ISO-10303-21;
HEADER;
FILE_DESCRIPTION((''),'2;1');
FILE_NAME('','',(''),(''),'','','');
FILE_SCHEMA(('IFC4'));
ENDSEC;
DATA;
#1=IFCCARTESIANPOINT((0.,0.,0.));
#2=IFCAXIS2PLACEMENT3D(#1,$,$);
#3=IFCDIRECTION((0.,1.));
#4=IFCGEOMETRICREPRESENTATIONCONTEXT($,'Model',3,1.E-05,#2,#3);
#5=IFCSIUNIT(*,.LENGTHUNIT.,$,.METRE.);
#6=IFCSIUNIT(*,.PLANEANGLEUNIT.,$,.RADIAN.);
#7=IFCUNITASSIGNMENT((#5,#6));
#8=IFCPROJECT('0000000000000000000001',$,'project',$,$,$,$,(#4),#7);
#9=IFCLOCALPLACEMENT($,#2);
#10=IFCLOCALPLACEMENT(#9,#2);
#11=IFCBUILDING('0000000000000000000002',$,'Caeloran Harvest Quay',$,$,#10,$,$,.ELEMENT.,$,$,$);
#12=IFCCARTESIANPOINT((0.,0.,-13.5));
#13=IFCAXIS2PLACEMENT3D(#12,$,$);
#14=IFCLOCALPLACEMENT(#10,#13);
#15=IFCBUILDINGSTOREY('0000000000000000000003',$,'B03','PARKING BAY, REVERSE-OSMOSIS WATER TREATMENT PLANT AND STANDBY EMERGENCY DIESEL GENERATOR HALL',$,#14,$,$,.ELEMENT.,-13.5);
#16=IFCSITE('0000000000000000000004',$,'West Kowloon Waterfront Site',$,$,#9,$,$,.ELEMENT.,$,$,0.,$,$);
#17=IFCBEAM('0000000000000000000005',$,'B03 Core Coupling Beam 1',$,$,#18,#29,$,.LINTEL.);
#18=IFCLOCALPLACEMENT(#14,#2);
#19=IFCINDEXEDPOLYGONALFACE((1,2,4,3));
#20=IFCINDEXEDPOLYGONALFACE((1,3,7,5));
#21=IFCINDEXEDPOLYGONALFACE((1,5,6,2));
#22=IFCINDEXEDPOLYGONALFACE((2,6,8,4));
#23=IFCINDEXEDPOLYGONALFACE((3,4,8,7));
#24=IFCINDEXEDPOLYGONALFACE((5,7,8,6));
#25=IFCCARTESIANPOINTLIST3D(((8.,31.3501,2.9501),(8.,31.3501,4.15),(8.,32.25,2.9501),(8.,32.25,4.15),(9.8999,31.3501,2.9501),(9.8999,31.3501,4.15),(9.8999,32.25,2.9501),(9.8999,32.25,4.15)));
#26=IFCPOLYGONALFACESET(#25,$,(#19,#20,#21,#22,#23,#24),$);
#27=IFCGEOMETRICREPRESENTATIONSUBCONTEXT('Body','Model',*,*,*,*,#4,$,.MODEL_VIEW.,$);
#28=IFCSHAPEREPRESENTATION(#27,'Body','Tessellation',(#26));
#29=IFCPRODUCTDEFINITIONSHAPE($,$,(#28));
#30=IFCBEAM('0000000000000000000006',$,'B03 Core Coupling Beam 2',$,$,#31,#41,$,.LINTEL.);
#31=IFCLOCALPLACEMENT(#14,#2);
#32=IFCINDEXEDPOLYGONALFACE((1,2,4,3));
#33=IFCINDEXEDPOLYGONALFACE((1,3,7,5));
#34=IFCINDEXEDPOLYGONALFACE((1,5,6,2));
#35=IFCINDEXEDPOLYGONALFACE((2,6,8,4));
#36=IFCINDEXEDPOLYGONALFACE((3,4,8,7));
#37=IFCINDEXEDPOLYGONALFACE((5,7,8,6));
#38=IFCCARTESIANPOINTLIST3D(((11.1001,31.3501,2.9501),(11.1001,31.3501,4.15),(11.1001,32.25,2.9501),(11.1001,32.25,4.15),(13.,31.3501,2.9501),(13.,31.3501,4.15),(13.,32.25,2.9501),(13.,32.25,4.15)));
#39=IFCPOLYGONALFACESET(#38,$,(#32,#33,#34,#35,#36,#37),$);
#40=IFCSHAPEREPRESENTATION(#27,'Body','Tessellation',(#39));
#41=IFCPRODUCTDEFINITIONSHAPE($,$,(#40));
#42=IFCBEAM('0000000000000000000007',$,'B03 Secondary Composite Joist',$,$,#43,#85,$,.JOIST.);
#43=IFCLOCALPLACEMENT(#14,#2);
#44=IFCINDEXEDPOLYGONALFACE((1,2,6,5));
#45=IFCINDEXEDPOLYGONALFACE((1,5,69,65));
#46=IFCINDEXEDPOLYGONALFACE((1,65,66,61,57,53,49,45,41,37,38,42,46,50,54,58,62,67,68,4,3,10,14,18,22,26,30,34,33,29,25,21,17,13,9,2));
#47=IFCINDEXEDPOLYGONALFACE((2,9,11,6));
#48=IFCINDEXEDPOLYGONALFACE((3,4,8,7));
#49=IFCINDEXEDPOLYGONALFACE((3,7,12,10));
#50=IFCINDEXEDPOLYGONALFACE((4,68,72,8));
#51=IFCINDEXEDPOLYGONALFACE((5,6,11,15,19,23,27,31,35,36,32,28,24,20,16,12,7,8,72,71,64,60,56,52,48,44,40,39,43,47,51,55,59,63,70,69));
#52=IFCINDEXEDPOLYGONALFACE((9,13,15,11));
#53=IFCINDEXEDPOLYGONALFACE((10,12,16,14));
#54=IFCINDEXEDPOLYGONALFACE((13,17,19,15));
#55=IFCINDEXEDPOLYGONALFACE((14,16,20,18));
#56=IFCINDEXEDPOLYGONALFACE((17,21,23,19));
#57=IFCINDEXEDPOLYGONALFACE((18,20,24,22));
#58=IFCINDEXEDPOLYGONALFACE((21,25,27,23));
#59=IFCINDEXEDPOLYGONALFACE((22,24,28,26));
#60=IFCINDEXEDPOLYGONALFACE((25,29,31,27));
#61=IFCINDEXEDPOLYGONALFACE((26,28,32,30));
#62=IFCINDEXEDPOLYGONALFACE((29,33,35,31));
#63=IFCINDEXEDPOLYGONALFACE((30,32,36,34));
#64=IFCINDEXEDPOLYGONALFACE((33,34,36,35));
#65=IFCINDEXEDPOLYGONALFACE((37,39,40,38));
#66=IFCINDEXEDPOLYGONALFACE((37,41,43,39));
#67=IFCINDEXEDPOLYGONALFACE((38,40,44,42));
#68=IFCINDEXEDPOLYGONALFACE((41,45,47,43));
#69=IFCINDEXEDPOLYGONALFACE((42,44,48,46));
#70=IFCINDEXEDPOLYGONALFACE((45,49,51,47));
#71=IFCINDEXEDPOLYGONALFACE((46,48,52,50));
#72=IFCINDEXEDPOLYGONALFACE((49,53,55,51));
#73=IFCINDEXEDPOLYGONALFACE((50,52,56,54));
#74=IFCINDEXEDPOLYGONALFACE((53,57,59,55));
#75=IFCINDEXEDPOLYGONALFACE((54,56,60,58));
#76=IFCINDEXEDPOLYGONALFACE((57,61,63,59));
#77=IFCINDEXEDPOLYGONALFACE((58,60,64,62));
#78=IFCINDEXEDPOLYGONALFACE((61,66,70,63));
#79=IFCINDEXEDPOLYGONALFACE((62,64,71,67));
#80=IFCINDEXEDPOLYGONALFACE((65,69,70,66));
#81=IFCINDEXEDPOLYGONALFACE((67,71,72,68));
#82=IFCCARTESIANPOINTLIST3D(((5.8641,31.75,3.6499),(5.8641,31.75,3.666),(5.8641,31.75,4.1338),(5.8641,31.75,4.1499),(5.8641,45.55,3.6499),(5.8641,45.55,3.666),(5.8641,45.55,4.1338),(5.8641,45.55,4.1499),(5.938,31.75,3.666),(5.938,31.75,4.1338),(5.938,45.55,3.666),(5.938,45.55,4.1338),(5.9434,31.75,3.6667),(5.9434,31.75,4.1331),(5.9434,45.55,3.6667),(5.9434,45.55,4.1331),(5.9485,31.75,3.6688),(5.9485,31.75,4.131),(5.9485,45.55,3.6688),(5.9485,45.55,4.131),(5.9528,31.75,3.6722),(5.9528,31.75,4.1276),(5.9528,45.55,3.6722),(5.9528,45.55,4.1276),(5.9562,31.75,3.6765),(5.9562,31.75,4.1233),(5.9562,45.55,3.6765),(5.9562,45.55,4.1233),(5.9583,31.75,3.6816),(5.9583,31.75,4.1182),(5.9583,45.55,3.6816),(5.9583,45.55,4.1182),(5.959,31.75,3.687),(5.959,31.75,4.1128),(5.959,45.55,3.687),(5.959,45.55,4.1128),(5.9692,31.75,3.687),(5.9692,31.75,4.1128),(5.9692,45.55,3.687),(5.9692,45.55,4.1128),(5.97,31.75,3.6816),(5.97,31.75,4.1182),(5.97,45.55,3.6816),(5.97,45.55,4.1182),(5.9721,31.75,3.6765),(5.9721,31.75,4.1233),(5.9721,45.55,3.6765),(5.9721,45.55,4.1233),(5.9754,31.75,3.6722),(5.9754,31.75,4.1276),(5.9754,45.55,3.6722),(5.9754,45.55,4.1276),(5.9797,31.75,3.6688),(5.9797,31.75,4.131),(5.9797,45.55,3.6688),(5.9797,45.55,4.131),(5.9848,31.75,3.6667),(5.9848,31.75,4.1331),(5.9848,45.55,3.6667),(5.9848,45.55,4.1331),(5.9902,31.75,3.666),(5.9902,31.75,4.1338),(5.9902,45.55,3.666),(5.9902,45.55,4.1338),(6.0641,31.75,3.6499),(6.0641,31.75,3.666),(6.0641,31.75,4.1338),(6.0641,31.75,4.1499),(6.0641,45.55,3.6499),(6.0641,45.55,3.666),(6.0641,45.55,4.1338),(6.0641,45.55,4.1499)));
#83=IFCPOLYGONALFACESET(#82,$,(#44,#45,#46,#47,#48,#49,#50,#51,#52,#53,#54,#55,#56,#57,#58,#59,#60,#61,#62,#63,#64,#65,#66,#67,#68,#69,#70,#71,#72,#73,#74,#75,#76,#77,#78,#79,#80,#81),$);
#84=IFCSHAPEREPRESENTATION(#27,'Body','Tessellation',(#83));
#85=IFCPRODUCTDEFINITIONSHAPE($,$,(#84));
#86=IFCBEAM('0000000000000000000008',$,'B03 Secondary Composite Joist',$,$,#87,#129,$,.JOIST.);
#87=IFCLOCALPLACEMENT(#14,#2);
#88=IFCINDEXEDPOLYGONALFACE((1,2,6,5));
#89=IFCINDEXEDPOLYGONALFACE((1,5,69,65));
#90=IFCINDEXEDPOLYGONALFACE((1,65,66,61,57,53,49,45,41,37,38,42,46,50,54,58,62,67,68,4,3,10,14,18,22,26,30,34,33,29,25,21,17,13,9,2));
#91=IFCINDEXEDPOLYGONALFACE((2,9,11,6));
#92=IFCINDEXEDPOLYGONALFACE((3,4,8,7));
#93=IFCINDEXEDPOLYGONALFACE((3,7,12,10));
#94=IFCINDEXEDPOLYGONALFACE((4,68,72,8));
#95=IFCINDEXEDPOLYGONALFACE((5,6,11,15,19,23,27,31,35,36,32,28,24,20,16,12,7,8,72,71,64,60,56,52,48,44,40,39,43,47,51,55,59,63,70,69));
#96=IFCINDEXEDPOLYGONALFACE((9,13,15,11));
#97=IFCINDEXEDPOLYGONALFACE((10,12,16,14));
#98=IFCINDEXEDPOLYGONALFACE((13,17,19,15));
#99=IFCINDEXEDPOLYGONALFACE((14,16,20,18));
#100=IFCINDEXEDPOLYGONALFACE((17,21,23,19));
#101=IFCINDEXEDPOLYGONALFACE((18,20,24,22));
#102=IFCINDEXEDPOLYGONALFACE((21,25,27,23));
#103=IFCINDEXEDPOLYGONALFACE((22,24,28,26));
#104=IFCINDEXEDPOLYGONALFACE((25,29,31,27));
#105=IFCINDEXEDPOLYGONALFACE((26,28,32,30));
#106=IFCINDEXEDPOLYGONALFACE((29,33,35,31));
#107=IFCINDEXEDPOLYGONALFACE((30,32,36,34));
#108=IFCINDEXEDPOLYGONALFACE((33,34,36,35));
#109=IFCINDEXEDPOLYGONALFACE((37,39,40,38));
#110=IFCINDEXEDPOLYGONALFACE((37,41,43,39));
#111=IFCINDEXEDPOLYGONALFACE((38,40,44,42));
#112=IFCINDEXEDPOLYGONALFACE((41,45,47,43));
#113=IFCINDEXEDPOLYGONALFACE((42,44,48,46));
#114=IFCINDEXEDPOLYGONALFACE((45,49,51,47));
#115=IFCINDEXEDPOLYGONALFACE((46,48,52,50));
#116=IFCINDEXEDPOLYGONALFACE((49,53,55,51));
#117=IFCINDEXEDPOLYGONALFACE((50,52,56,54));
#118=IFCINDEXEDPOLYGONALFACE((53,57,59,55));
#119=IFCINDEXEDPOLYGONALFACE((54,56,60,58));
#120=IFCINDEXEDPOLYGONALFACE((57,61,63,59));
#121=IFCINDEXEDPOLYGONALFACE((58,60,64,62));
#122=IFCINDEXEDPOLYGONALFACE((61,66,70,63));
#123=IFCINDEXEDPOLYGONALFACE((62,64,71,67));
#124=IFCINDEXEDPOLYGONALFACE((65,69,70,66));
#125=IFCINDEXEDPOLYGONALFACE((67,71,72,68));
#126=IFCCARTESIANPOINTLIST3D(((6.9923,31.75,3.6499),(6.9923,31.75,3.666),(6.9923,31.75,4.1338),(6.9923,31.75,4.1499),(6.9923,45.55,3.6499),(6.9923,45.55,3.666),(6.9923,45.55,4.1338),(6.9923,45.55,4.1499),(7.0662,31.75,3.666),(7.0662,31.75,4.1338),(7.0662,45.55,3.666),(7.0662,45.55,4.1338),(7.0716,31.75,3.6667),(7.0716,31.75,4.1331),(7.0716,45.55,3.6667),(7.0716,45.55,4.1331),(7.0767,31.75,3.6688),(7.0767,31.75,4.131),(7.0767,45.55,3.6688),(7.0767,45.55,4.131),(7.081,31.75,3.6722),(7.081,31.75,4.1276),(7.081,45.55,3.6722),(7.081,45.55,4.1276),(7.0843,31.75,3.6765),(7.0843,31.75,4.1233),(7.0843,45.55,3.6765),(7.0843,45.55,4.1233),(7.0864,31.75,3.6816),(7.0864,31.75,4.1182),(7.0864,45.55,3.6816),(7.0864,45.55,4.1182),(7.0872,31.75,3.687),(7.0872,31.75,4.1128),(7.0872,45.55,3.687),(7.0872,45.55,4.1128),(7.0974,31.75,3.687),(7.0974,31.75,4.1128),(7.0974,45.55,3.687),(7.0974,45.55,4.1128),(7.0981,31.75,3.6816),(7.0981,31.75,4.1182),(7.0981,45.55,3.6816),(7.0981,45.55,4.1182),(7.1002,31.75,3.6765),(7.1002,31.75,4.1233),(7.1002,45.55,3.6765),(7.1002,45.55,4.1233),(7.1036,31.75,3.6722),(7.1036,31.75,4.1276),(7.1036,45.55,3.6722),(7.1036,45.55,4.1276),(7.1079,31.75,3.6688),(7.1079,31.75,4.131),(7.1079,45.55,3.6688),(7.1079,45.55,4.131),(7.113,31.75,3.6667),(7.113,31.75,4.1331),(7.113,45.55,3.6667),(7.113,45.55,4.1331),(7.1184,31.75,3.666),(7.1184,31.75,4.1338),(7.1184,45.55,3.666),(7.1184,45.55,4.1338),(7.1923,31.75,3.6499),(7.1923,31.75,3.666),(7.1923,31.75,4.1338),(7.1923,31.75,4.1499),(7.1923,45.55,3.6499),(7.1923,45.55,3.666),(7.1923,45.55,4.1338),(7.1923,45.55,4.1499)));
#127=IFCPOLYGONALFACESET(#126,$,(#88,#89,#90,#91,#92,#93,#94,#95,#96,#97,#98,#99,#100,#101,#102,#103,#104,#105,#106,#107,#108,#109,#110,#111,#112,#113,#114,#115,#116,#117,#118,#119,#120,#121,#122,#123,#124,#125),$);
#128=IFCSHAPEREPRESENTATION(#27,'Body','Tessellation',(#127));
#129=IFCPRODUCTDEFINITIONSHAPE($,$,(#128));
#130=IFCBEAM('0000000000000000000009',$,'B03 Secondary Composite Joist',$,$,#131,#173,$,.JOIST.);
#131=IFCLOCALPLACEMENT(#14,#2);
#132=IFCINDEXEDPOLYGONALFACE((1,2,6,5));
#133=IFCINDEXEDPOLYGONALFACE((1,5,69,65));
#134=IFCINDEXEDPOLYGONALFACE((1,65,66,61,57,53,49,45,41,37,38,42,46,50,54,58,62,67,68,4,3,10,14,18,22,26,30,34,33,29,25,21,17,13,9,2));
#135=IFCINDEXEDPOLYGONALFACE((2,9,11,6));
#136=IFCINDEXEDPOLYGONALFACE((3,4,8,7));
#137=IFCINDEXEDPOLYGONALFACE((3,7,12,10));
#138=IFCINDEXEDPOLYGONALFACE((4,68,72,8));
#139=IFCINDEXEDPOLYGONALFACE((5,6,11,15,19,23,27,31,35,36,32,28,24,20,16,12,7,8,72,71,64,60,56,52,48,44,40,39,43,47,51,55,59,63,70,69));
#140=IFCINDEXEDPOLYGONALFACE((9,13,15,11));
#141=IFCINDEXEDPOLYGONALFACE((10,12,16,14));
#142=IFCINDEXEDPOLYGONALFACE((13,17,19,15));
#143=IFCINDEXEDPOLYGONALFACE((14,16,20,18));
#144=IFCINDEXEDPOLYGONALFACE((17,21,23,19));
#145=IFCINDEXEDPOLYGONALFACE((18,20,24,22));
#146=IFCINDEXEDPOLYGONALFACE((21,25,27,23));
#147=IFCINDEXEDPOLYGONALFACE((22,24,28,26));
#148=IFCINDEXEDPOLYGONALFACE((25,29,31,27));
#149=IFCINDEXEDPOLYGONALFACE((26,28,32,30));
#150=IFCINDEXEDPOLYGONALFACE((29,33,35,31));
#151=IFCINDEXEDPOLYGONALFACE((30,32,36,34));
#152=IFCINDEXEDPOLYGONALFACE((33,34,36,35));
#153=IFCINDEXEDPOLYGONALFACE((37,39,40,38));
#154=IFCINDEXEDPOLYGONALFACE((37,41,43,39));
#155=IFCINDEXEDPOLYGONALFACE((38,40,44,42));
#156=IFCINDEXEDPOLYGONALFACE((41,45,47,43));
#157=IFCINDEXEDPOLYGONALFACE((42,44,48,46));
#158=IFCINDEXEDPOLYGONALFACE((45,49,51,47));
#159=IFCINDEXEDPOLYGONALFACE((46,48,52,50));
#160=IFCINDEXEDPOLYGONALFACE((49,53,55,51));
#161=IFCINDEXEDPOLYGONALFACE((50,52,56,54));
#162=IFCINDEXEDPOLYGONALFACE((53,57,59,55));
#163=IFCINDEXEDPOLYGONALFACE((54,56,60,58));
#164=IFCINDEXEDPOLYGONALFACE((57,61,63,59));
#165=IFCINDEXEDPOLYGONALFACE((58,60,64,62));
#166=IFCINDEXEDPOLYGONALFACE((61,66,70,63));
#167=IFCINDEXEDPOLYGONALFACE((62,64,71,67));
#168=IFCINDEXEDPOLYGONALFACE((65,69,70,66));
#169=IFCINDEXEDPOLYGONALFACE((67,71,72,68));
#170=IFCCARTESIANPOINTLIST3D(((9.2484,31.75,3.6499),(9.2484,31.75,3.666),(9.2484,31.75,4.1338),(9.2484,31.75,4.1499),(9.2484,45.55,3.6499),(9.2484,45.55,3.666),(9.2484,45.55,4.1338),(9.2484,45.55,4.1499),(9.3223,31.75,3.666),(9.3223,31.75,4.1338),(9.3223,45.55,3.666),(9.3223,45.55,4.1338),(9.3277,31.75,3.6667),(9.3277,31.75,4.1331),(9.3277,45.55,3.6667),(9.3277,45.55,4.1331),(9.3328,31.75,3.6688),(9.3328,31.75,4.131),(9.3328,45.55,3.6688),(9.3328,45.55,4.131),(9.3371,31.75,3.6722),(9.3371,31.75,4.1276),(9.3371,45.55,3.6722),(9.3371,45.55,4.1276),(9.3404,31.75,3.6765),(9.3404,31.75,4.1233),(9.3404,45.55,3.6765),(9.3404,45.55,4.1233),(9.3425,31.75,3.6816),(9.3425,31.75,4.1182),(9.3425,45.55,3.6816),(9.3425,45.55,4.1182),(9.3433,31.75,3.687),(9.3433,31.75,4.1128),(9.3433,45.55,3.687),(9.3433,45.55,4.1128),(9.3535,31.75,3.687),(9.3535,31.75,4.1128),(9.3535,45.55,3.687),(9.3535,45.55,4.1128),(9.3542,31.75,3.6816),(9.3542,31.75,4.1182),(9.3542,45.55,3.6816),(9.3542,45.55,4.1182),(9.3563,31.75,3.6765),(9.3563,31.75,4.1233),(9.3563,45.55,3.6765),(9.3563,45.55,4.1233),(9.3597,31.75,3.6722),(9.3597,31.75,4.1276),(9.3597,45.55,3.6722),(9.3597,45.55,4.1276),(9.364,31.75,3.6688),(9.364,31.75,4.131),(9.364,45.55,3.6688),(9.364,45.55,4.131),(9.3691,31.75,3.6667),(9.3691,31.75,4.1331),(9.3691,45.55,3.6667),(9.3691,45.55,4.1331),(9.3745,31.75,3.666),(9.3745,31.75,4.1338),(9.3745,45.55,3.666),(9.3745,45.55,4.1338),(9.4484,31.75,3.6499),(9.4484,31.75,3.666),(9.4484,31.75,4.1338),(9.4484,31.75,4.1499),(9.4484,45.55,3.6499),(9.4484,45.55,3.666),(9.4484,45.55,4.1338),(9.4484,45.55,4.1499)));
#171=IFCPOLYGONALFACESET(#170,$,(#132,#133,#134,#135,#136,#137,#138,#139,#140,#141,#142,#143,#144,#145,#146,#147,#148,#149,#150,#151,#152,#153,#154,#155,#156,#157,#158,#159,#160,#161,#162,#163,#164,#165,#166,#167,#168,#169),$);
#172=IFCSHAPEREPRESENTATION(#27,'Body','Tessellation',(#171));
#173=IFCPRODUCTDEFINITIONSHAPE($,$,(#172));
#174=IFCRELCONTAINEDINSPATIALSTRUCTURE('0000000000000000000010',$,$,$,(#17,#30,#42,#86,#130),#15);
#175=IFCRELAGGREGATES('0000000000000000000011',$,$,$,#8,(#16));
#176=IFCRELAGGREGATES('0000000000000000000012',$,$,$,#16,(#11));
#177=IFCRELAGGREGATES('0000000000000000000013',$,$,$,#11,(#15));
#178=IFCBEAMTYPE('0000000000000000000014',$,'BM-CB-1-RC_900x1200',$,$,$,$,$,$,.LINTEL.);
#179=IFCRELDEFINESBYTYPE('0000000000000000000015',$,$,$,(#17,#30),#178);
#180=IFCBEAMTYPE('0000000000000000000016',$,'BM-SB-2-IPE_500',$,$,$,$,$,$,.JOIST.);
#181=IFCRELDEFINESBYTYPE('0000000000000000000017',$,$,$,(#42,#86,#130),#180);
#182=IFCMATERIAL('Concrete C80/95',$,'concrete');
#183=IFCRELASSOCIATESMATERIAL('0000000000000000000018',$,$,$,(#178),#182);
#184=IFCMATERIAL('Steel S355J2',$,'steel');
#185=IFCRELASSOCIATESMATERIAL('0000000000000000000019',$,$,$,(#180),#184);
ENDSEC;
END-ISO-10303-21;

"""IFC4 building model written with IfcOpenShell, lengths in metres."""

from ifc_helpers import new_model, si_unit, direction, frame, origin, origin_2d, place, context, subcontext, project, spatial, rectangle, i_section, extrude, material, material_profile, profile_set, type_object, element, save


model = new_model("IFC4")

# Units and contexts
model_context = context("Model", 3, precision=1e-05, world=origin(), true_north=direction((0.0, 1.0)))
body_context = subcontext(model_context, "Body", "Model", "MODEL_VIEW")
ifc_project = project(units=[si_unit("LENGTHUNIT", "METRE"), si_unit("PLANEANGLEUNIT", "RADIAN")], contexts=[model_context])

# Site, building, storey
site_placement = place(None, origin())
site = spatial("IfcSite", under=ifc_project, at=site_placement, Name="West Kowloon Waterfront Site", CompositionType="ELEMENT", RefElevation=0.0)
building_placement = place(site_placement, origin())
building = spatial("IfcBuilding", under=site, at=building_placement, Name="Caeloran Harvest Quay", CompositionType="ELEMENT")
storey_placement = place(building_placement, frame((0.0, 0.0, -13.5)))
storey = spatial("IfcBuildingStorey", under=building, at=storey_placement, Name="B03", Description="PARKING BAY, REVERSE-OSMOSIS WATER TREATMENT PLANT AND STANDBY EMERGENCY DIESEL GENERATOR HALL", CompositionType="ELEMENT", Elevation=-13.5)

# Beams
ifc_material_1 = material(Name="Concrete C80/95", Category="concrete")
ifc_material_profile_1 = material_profile(ifc_material_1, rectangle(XDim=0.8999, YDim=1.2, at=origin_2d()), Name="RC 900x1200")
ifc_profile_set_1 = profile_set([ifc_material_profile_1], Name="Concrete C80/95")
beam_type_1 = type_object("IfcBeamType", Name="BM-CB-1-RC_900x1200", PredefinedType="LINTEL", material=ifc_profile_set_1)
for number, where, z_axis, x_axis, name in (
    (1, (8.0, 31.8, 3.55), (1.0, 0.0, 0.0), (0.0, 1.0, 0.0), "B03 Core Coupling Beam 1"),
    (2, (11.1001, 31.8, 3.55), (1.0, 0.0, 0.0), (0.0, 1.0, 0.0), "B03 Core Coupling Beam 2"),
):
    element("IfcBeam", number, at=place(storey_placement, frame(where, z_axis=z_axis, x_axis=x_axis)), inside=storey, type_object=beam_type_1, Name=name, PredefinedType="LINTEL", context=body_context, shape_type="SweptSolid", body=[
        extrude(rectangle(XDim=0.8999, YDim=1.2, at=origin_2d()), origin(), (0.0, 0.0, 1.0), 1.8999),
    ])
ifc_material_2 = material(Name="Steel S355J2", Category="steel")
ifc_material_profile_2 = material_profile(ifc_material_2, i_section(OverallWidth=0.2, OverallDepth=0.5, WebThickness=0.0103, FlangeThickness=0.0161, FilletRadius=0.021, at=origin_2d()), Name="IPE 500")
ifc_profile_set_2 = profile_set([ifc_material_profile_2], Name="Steel S355J2")
beam_type_2 = type_object("IfcBeamType", Name="BM-SB-2-IPE_500", PredefinedType="JOIST", material=ifc_profile_set_2)
for number, where, z_axis, x_axis, name in (
    (3, (5.9641, 31.75, 3.8999), (0.0, 1.0, 0.0), (-1.0, 0.0, 0.0), "B03 Secondary Composite Joist"),
    (4, (7.0923, 31.75, 3.8999), (0.0, 1.0, 0.0), (-1.0, 0.0, 0.0), "B03 Secondary Composite Joist"),
    (5, (9.3484, 31.75, 3.8999), (0.0, 1.0, 0.0), (-1.0, 0.0, 0.0), "B03 Secondary Composite Joist"),
):
    element("IfcBeam", number, at=place(storey_placement, frame(where, z_axis=z_axis, x_axis=x_axis)), inside=storey, type_object=beam_type_2, Name=name, PredefinedType="JOIST", context=body_context, shape_type="SweptSolid", body=[
        extrude(i_section(OverallWidth=0.2, OverallDepth=0.5, WebThickness=0.0103, FlangeThickness=0.0161, FilletRadius=0.021, at=origin_2d()), origin(), (0.0, 0.0, 1.0), 13.8),
    ])

save(model, "model.ifc")
